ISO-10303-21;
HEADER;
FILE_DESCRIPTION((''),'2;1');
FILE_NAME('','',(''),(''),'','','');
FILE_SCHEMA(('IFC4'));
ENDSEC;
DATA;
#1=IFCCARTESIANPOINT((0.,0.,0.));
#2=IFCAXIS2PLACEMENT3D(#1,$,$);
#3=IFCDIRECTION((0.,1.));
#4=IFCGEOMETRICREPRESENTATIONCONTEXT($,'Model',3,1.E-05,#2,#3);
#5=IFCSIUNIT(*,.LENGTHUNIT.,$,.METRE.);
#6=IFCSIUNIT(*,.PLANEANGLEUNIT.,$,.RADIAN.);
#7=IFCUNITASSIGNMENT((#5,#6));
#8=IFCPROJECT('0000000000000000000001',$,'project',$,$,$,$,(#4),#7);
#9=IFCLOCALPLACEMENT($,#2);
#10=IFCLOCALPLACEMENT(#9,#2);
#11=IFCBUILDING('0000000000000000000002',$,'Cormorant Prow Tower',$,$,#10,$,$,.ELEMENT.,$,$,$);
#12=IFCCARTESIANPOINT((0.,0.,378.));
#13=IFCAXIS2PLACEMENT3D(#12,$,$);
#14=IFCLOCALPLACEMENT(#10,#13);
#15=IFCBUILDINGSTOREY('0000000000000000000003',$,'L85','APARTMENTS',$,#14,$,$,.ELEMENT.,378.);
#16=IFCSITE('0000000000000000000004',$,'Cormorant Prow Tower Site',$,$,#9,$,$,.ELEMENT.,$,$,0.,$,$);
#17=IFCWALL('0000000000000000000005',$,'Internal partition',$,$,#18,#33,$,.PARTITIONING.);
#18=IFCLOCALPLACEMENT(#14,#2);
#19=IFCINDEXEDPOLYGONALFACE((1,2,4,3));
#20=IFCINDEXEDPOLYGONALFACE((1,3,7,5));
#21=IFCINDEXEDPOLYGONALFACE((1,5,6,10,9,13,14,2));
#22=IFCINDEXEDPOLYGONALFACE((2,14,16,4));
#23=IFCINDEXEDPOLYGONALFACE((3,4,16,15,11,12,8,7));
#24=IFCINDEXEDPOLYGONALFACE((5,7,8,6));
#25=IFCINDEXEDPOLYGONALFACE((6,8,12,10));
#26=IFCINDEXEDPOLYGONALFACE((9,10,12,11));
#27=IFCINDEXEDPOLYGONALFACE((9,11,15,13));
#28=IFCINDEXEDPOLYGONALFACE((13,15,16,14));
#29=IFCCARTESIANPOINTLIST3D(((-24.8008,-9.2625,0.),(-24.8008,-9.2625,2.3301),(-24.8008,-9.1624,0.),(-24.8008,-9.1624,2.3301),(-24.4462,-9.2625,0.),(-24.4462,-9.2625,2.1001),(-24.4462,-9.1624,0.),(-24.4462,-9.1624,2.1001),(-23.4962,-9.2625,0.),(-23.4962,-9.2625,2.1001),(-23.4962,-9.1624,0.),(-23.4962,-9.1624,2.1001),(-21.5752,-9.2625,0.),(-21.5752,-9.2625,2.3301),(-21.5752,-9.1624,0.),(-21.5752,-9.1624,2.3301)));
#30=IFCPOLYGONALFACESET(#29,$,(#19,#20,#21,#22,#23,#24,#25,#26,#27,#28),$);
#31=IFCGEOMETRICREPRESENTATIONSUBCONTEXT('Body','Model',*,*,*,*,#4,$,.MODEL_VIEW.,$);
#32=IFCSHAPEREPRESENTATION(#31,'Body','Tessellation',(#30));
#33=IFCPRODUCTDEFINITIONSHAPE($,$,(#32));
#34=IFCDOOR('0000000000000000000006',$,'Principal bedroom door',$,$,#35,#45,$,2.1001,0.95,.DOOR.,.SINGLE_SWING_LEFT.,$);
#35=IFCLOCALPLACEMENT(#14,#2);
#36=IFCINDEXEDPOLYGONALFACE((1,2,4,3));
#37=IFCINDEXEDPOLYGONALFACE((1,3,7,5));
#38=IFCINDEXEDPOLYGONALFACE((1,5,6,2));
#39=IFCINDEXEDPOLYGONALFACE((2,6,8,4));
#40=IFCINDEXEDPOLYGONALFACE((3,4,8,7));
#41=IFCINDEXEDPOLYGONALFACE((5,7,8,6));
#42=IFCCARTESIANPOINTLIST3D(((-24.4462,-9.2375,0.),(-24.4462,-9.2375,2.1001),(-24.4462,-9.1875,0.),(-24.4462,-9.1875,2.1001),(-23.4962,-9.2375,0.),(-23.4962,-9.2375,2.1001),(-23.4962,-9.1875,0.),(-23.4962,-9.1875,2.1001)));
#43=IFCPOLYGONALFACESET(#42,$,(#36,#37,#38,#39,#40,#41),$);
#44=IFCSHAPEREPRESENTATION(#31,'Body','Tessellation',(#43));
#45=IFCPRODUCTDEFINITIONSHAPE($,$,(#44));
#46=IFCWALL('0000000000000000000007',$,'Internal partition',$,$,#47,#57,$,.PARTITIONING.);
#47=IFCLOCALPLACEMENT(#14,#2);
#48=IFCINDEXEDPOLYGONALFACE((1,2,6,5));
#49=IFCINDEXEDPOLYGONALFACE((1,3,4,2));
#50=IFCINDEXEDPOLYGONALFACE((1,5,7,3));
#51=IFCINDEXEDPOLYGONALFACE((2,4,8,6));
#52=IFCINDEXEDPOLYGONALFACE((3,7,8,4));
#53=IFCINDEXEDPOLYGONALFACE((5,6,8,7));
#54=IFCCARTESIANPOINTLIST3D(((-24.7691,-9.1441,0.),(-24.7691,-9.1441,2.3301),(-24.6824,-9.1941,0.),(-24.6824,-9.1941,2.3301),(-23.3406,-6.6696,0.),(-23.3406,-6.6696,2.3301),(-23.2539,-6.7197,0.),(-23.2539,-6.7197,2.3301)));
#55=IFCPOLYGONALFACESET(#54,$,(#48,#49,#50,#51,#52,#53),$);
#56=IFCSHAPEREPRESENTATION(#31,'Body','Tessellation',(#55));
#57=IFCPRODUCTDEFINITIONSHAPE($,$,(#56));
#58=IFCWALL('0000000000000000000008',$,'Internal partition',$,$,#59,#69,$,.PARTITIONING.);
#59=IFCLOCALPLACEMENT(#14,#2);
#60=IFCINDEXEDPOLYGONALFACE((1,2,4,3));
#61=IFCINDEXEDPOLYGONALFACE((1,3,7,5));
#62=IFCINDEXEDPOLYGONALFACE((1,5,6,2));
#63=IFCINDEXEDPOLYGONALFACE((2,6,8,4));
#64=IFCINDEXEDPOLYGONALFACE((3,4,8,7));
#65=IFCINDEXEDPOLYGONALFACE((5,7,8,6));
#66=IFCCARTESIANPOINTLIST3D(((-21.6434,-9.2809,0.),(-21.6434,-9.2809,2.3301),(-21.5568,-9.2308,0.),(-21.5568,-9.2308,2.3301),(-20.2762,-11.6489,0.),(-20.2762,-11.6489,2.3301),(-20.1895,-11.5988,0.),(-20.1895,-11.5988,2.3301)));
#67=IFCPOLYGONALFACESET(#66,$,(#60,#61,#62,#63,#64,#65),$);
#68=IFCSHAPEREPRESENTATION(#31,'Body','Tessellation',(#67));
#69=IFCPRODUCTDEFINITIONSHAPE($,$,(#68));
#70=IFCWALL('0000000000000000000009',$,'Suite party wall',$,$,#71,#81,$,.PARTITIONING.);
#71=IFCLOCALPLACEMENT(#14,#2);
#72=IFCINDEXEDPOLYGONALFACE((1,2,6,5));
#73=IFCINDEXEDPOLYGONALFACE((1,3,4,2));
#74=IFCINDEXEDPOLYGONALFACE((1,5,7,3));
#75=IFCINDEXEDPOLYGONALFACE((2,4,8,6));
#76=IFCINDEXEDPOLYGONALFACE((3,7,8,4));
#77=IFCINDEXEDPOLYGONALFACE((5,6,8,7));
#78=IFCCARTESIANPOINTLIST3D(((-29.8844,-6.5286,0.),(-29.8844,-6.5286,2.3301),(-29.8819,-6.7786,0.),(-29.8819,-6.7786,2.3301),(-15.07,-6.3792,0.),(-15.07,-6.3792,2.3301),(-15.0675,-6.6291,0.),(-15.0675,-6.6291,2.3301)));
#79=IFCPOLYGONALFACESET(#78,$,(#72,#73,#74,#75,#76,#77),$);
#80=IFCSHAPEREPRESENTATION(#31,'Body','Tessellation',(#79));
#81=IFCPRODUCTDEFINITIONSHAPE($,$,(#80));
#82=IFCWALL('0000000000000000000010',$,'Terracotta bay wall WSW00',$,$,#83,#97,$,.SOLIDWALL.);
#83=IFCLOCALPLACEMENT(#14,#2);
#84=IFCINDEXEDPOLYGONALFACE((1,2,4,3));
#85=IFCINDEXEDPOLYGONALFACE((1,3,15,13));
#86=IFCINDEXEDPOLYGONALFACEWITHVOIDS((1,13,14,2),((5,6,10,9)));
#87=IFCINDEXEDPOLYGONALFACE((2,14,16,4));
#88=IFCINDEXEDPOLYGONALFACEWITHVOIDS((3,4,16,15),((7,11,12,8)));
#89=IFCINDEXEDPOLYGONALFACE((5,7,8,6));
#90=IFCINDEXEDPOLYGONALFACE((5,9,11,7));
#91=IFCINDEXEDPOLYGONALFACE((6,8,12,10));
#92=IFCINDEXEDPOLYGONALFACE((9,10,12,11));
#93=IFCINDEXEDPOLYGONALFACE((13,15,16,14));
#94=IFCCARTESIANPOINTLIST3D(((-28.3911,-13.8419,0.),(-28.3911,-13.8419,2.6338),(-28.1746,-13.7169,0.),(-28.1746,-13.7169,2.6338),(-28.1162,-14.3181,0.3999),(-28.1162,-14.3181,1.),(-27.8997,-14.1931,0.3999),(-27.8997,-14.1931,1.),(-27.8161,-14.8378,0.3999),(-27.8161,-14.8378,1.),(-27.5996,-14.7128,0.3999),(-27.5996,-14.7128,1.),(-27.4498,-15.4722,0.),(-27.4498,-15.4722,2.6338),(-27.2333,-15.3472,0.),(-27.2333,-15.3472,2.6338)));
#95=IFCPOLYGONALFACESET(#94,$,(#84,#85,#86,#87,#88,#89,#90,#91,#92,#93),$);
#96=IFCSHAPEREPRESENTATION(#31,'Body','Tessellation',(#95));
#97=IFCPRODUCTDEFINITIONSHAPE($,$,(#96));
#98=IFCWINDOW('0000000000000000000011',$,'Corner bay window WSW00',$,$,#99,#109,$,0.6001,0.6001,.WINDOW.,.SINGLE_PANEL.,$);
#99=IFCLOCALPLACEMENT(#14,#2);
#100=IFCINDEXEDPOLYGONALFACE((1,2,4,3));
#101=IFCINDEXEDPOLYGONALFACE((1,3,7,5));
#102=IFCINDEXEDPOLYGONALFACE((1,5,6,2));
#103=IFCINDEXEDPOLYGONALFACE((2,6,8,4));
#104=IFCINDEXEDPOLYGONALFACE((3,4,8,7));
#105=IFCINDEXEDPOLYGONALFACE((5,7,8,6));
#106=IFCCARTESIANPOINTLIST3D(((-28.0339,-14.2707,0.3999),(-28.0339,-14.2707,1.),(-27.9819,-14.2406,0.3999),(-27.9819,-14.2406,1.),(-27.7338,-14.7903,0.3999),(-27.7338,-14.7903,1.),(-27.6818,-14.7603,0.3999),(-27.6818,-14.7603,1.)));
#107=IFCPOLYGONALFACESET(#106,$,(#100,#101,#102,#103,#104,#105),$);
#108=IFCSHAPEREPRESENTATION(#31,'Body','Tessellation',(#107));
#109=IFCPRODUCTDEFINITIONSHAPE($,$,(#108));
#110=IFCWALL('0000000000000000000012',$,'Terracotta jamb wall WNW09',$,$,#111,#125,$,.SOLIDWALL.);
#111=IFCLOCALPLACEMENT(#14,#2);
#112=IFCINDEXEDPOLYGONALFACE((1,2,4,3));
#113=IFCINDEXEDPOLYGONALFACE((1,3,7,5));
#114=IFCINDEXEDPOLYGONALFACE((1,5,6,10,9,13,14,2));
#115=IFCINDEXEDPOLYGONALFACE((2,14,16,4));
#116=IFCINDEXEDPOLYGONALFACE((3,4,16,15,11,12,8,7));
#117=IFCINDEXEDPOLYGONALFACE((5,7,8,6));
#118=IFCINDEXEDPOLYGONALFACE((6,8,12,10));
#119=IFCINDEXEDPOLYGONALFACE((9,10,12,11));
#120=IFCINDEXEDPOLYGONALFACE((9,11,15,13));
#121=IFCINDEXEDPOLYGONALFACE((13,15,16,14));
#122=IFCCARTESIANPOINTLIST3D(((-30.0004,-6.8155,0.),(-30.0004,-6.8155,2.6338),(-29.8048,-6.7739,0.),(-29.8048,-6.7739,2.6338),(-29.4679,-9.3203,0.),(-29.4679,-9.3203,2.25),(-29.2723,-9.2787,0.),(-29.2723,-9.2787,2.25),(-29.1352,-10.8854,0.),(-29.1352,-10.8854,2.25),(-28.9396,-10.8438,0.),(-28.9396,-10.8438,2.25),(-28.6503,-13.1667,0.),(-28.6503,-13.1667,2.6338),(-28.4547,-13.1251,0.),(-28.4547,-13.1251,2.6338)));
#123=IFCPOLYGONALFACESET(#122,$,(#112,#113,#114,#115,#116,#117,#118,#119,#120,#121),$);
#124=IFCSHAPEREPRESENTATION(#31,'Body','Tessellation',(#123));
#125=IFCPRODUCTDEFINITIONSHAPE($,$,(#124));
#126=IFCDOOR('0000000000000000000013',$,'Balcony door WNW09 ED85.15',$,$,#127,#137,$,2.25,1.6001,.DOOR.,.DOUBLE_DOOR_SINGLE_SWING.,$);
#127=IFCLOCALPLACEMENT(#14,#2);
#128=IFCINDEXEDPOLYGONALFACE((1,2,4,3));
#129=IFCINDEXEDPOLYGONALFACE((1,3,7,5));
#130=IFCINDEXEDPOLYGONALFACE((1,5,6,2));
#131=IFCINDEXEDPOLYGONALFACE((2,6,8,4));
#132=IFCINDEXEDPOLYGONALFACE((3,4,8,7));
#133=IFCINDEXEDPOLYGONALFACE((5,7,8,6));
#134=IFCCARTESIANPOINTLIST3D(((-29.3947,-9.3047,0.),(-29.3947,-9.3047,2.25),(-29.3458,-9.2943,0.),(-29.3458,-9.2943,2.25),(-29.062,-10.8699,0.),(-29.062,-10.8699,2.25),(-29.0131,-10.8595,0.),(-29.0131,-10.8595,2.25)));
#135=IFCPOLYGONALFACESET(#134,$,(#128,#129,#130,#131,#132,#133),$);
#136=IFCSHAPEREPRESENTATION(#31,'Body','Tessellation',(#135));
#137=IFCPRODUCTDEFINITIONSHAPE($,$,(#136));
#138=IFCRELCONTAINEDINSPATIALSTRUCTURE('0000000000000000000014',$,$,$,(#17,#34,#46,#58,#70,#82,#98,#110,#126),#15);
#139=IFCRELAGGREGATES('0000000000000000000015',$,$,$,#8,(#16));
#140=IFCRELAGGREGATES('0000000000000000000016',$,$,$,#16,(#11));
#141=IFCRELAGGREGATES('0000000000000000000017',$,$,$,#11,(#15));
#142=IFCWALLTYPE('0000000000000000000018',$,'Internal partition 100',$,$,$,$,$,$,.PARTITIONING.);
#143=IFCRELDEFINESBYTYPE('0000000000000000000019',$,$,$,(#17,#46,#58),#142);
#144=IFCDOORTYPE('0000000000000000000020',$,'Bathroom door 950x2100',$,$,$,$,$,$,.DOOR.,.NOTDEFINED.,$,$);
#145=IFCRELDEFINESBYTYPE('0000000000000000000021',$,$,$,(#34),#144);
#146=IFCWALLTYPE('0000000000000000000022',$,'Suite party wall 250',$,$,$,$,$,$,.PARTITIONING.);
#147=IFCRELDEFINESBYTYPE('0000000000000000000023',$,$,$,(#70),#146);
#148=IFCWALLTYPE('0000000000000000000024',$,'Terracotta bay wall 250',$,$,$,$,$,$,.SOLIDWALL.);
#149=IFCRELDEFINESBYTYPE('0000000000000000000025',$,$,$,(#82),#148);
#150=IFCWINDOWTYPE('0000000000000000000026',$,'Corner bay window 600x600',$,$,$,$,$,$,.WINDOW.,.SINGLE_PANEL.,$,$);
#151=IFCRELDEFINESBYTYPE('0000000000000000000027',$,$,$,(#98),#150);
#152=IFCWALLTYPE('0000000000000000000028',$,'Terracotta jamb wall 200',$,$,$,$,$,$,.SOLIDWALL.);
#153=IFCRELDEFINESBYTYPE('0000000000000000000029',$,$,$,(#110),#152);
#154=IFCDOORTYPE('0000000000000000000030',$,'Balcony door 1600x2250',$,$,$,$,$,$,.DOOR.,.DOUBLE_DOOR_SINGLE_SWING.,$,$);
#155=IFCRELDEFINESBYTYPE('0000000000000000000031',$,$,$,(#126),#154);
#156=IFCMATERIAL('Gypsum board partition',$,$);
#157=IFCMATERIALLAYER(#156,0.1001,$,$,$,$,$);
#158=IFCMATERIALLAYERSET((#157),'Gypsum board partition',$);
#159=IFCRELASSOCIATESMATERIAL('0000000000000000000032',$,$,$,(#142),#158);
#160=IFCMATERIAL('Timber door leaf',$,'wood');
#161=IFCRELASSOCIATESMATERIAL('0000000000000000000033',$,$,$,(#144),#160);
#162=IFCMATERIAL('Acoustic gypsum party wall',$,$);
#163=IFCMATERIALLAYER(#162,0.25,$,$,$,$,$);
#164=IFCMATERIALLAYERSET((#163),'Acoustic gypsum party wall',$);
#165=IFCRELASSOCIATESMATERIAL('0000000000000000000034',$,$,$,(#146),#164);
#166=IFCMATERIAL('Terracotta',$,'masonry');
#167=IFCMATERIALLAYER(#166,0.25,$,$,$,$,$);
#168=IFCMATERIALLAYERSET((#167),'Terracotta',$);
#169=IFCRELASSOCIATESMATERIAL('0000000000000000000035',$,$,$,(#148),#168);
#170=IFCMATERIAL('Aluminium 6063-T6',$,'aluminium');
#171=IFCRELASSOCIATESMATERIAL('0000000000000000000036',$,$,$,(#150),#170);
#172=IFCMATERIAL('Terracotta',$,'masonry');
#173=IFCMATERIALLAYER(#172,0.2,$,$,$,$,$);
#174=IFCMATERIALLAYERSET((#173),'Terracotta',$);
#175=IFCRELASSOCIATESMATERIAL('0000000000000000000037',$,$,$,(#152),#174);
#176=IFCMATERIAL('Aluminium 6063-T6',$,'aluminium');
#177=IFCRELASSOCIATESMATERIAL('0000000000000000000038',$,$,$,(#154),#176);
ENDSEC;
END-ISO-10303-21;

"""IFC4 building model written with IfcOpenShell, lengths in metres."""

from ifc_helpers import new_model, si_unit, direction, frame, frame_2d, origin, place, context, subcontext, project, spatial, rectangle, extrude, material, layer, layer_set, type_object, element, fill, save


model = new_model("IFC4")

# Units and contexts
model_context = context("Model", 3, precision=1e-05, world=origin(), true_north=direction((0.0, 1.0)))
body_context = subcontext(model_context, "Body", "Model", "MODEL_VIEW")
ifc_project = project(units=[si_unit("LENGTHUNIT", "METRE"), si_unit("PLANEANGLEUNIT", "RADIAN")], contexts=[model_context])

# Site, building, storey
site_placement = place(None, origin())
site = spatial("IfcSite", under=ifc_project, at=site_placement, Name="Cormorant Prow Tower Site", CompositionType="ELEMENT", RefElevation=0.0)
building_placement = place(site_placement, origin())
building = spatial("IfcBuilding", under=site, at=building_placement, Name="Cormorant Prow Tower", CompositionType="ELEMENT")
storey_placement = place(building_placement, frame((0.0, 0.0, 378.0)))
storey = spatial("IfcBuildingStorey", under=building, at=storey_placement, Name="L85", Description="APARTMENTS", CompositionType="ELEMENT", Elevation=378.0)

# Wall, opening, door
ifc_material_1 = material(Name="Gypsum board partition")
ifc_layer_1 = layer(ifc_material_1, 0.1001)
ifc_layer_set_1 = layer_set([ifc_layer_1], Name="Gypsum board partition")
wall_type_1 = type_object("IfcWallType", Name="Internal partition 100", PredefinedType="PARTITIONING", material=ifc_layer_set_1)
ifc_material_2 = material(Name="Timber door leaf", Category="wood")
door_type_1 = type_object("IfcDoorType", Name="Bathroom door 950x2100", OperationType="NOTDEFINED", PredefinedType="DOOR", material=ifc_material_2)
wall_1_placement = place(storey_placement, frame((-24.8008, -9.2124, 0.0), z_axis=(0.0, 0.0, 1.0), x_axis=(1.0, 0.0, 0.0)))
wall_1 = element("IfcWall", 1, at=wall_1_placement, inside=storey, type_object=wall_type_1, Name="Internal partition", PredefinedType="PARTITIONING", context=body_context, shape_type="SweptSolid", body=[
    extrude(rectangle(XDim=3.2256, YDim=0.1001, at=frame_2d((1.6128, 0.0))), origin(), (0.0, 0.0, 1.0), 2.3301),
])
opening_1_placement = place(wall_1_placement, frame((0.3545, 0.0, 0.0)))
opening_1 = element("IfcOpeningElement", 2, at=opening_1_placement, cuts=wall_1, PredefinedType="OPENING", context=body_context, shape_type="SweptSolid", body=[
    extrude(rectangle(XDim=0.95, YDim=2.1001, at=frame_2d((0.4751, 1.05))), frame((0.0, 0.0601, 0.0), z_axis=(0.0, -1.0, 0.0), x_axis=(1.0, 0.0, 0.0)), (0.0, 0.0, 1.0), 0.1201),
])
door_1_placement = place(opening_1_placement, origin())
door_1 = element("IfcDoor", 3, at=door_1_placement, inside=storey, type_object=door_type_1, Name="Principal bedroom door", OperationType="SINGLE_SWING_LEFT", OverallHeight=2.1001, OverallWidth=0.95, PredefinedType="DOOR", context=body_context, shape_type="SweptSolid", body=[
    extrude(rectangle(XDim=0.95, YDim=2.1001, at=frame_2d((0.4751, 1.05))), frame((0.0, 0.0249, 0.0), z_axis=(0.0, -1.0, 0.0), x_axis=(1.0, 0.0, 0.0)), (0.0, 0.0, 1.0), 0.05),
])
fill(opening_1, door_1)

# Walls
wall_2_placement = place(storey_placement, frame((-24.7258, -9.1692, 0.0), z_axis=(0.0, 0.0, 1.0), x_axis=(0.499971, 0.866042, 0.0)))
element("IfcWall", 4, at=wall_2_placement, inside=storey, type_object=wall_type_1, Name="Internal partition", PredefinedType="PARTITIONING", context=body_context, shape_type="SweptSolid", body=[
    extrude(rectangle(XDim=2.8572, YDim=0.1001, at=frame_2d((1.4287, 0.0))), origin(), (0.0, 0.0, 1.0), 2.3301),
])
wall_3_placement = place(storey_placement, frame((-21.6001, -9.2559, 0.0), z_axis=(0.0, 0.0, 1.0), x_axis=(0.500019, -0.866015, 0.0)))
element("IfcWall", 5, at=wall_3_placement, inside=storey, type_object=wall_type_1, Name="Internal partition", PredefinedType="PARTITIONING", context=body_context, shape_type="SweptSolid", body=[
    extrude(rectangle(XDim=2.7344, YDim=0.1001, at=frame_2d((1.3672, 0.0))), origin(), (0.0, 0.0, 1.0), 2.3301),
])
ifc_material_3 = material(Name="Acoustic gypsum party wall")
ifc_layer_2 = layer(ifc_material_3, 0.25)
ifc_layer_set_2 = layer_set([ifc_layer_2], Name="Acoustic gypsum party wall")
wall_type_2 = type_object("IfcWallType", Name="Suite party wall 250", PredefinedType="PARTITIONING", material=ifc_layer_set_2)
wall_4_placement = place(storey_placement, frame((-29.8833, -6.6536, 0.0), z_axis=(0.0, 0.0, 1.0), x_axis=(0.999949, 0.010085, 0.0)))
element("IfcWall", 6, at=wall_4_placement, inside=storey, type_object=wall_type_2, Name="Suite party wall", PredefinedType="PARTITIONING", context=body_context, shape_type="SweptSolid", body=[
    extrude(rectangle(XDim=14.8152, YDim=0.25, at=frame_2d((7.4077, 0.0))), origin(), (0.0, 0.0, 1.0), 2.3301),
])

# Wall, opening, window
ifc_material_4 = material(Name="Terracotta", Category="masonry")
ifc_layer_3 = layer(ifc_material_4, 0.25)
ifc_layer_set_3 = layer_set([ifc_layer_3], Name="Terracotta")
wall_type_3 = type_object("IfcWallType", Name="Terracotta bay wall 250", PredefinedType="SOLIDWALL", material=ifc_layer_set_3)
wall_5_placement = place(storey_placement, frame((-28.283, -13.7793, 0.0), z_axis=(0.0, 0.0, 1.0), x_axis=(0.500044, -0.866, 0.0)))
wall_5 = element("IfcWall", 7, at=wall_5_placement, inside=storey, type_object=wall_type_3, Name="Terracotta bay wall WSW00", PredefinedType="SOLIDWALL", context=body_context, shape_type="SweptSolid", body=[
    extrude(rectangle(XDim=1.8826, YDim=0.25, at=frame_2d((0.9414, 0.0))), origin(), (0.0, 0.0, 1.0), 2.6338),
])
opening_2_placement = place(wall_5_placement, frame((0.55, 0.0, 0.3999)))
opening_2 = element("IfcOpeningElement", 8, at=opening_2_placement, cuts=wall_5, PredefinedType="OPENING", context=body_context, shape_type="SweptSolid", body=[
    extrude(rectangle(XDim=0.6001, YDim=0.6001, at=frame_2d((0.3, 0.3))), frame((0.0, 0.135, 0.0), z_axis=(0.0, -1.0, 0.0), x_axis=(1.0, 0.0, 0.0)), (0.0, 0.0, 1.0), 0.27),
])
ifc_material_5 = material(Name="Aluminium 6063-T6", Category="aluminium")
window_type = type_object("IfcWindowType", Name="Corner bay window 600x600", PartitioningType="SINGLE_PANEL", PredefinedType="WINDOW", material=ifc_material_5)
window_placement = place(opening_2_placement, origin())
window = element("IfcWindow", 9, at=window_placement, inside=storey, type_object=window_type, Name="Corner bay window WSW00", OverallHeight=0.6001, OverallWidth=0.6001, PartitioningType="SINGLE_PANEL", PredefinedType="WINDOW", context=body_context, shape_type="SweptSolid", body=[
    extrude(rectangle(XDim=0.6001, YDim=0.6001, at=frame_2d((0.3, 0.3))), frame((0.0, 0.03, 0.0), z_axis=(0.0, -1.0, 0.0), x_axis=(1.0, 0.0, 0.0)), (0.0, 0.0, 1.0), 0.0601),
])
fill(opening_2, window)

# Wall, opening, door
ifc_material_6 = material(Name="Terracotta", Category="masonry")
ifc_layer_4 = layer(ifc_material_6, 0.2)
ifc_layer_set_4 = layer_set([ifc_layer_4], Name="Terracotta")
wall_type_4 = type_object("IfcWallType", Name="Terracotta jamb wall 200", PredefinedType="SOLIDWALL", material=ifc_layer_set_4)
wall_6_placement = place(storey_placement, frame((-29.9026, -6.7947, 0.0), z_axis=(0.0, 0.0, 1.0), x_axis=(0.207924, -0.978145, 0.0)))
wall_6 = element("IfcWall", 10, at=wall_6_placement, inside=storey, type_object=wall_type_4, Name="Terracotta jamb wall WNW09", PredefinedType="SOLIDWALL", context=body_context, shape_type="SweptSolid", body=[
    extrude(rectangle(XDim=6.4932, YDim=0.2, at=frame_2d((3.2466, 0.0))), origin(), (0.0, 0.0, 1.0), 2.6338),
])
opening_3_placement = place(wall_6_placement, frame((2.5608, 0.0, 0.0)))
opening_3 = element("IfcOpeningElement", 11, at=opening_3_placement, cuts=wall_6, PredefinedType="OPENING", context=body_context, shape_type="SweptSolid", body=[
    extrude(rectangle(XDim=1.6001, YDim=2.25, at=frame_2d((0.8, 1.125))), frame((0.0, 0.1099, 0.0), z_axis=(0.0, -1.0, 0.0), x_axis=(1.0, 0.0, 0.0)), (0.0, 0.0, 1.0), 0.22),
])
ifc_material_7 = material(Name="Aluminium 6063-T6", Category="aluminium")
door_type_2 = type_object("IfcDoorType", Name="Balcony door 1600x2250", OperationType="DOUBLE_DOOR_SINGLE_SWING", PredefinedType="DOOR", material=ifc_material_7)
door_2_placement = place(opening_3_placement, origin())
door_2 = element("IfcDoor", 12, at=door_2_placement, inside=storey, type_object=door_type_2, Name="Balcony door WNW09 ED85.15", OperationType="DOUBLE_DOOR_SINGLE_SWING", OverallHeight=2.25, OverallWidth=1.6001, PredefinedType="DOOR", context=body_context, shape_type="SweptSolid", body=[
    extrude(rectangle(XDim=1.6001, YDim=2.25, at=frame_2d((0.8, 1.125))), frame((0.0, 0.0249, 0.0), z_axis=(0.0, -1.0, 0.0), x_axis=(1.0, 0.0, 0.0)), (0.0, 0.0, 1.0), 0.05),
])
fill(opening_3, door_2)

save(model, "model.ifc")
